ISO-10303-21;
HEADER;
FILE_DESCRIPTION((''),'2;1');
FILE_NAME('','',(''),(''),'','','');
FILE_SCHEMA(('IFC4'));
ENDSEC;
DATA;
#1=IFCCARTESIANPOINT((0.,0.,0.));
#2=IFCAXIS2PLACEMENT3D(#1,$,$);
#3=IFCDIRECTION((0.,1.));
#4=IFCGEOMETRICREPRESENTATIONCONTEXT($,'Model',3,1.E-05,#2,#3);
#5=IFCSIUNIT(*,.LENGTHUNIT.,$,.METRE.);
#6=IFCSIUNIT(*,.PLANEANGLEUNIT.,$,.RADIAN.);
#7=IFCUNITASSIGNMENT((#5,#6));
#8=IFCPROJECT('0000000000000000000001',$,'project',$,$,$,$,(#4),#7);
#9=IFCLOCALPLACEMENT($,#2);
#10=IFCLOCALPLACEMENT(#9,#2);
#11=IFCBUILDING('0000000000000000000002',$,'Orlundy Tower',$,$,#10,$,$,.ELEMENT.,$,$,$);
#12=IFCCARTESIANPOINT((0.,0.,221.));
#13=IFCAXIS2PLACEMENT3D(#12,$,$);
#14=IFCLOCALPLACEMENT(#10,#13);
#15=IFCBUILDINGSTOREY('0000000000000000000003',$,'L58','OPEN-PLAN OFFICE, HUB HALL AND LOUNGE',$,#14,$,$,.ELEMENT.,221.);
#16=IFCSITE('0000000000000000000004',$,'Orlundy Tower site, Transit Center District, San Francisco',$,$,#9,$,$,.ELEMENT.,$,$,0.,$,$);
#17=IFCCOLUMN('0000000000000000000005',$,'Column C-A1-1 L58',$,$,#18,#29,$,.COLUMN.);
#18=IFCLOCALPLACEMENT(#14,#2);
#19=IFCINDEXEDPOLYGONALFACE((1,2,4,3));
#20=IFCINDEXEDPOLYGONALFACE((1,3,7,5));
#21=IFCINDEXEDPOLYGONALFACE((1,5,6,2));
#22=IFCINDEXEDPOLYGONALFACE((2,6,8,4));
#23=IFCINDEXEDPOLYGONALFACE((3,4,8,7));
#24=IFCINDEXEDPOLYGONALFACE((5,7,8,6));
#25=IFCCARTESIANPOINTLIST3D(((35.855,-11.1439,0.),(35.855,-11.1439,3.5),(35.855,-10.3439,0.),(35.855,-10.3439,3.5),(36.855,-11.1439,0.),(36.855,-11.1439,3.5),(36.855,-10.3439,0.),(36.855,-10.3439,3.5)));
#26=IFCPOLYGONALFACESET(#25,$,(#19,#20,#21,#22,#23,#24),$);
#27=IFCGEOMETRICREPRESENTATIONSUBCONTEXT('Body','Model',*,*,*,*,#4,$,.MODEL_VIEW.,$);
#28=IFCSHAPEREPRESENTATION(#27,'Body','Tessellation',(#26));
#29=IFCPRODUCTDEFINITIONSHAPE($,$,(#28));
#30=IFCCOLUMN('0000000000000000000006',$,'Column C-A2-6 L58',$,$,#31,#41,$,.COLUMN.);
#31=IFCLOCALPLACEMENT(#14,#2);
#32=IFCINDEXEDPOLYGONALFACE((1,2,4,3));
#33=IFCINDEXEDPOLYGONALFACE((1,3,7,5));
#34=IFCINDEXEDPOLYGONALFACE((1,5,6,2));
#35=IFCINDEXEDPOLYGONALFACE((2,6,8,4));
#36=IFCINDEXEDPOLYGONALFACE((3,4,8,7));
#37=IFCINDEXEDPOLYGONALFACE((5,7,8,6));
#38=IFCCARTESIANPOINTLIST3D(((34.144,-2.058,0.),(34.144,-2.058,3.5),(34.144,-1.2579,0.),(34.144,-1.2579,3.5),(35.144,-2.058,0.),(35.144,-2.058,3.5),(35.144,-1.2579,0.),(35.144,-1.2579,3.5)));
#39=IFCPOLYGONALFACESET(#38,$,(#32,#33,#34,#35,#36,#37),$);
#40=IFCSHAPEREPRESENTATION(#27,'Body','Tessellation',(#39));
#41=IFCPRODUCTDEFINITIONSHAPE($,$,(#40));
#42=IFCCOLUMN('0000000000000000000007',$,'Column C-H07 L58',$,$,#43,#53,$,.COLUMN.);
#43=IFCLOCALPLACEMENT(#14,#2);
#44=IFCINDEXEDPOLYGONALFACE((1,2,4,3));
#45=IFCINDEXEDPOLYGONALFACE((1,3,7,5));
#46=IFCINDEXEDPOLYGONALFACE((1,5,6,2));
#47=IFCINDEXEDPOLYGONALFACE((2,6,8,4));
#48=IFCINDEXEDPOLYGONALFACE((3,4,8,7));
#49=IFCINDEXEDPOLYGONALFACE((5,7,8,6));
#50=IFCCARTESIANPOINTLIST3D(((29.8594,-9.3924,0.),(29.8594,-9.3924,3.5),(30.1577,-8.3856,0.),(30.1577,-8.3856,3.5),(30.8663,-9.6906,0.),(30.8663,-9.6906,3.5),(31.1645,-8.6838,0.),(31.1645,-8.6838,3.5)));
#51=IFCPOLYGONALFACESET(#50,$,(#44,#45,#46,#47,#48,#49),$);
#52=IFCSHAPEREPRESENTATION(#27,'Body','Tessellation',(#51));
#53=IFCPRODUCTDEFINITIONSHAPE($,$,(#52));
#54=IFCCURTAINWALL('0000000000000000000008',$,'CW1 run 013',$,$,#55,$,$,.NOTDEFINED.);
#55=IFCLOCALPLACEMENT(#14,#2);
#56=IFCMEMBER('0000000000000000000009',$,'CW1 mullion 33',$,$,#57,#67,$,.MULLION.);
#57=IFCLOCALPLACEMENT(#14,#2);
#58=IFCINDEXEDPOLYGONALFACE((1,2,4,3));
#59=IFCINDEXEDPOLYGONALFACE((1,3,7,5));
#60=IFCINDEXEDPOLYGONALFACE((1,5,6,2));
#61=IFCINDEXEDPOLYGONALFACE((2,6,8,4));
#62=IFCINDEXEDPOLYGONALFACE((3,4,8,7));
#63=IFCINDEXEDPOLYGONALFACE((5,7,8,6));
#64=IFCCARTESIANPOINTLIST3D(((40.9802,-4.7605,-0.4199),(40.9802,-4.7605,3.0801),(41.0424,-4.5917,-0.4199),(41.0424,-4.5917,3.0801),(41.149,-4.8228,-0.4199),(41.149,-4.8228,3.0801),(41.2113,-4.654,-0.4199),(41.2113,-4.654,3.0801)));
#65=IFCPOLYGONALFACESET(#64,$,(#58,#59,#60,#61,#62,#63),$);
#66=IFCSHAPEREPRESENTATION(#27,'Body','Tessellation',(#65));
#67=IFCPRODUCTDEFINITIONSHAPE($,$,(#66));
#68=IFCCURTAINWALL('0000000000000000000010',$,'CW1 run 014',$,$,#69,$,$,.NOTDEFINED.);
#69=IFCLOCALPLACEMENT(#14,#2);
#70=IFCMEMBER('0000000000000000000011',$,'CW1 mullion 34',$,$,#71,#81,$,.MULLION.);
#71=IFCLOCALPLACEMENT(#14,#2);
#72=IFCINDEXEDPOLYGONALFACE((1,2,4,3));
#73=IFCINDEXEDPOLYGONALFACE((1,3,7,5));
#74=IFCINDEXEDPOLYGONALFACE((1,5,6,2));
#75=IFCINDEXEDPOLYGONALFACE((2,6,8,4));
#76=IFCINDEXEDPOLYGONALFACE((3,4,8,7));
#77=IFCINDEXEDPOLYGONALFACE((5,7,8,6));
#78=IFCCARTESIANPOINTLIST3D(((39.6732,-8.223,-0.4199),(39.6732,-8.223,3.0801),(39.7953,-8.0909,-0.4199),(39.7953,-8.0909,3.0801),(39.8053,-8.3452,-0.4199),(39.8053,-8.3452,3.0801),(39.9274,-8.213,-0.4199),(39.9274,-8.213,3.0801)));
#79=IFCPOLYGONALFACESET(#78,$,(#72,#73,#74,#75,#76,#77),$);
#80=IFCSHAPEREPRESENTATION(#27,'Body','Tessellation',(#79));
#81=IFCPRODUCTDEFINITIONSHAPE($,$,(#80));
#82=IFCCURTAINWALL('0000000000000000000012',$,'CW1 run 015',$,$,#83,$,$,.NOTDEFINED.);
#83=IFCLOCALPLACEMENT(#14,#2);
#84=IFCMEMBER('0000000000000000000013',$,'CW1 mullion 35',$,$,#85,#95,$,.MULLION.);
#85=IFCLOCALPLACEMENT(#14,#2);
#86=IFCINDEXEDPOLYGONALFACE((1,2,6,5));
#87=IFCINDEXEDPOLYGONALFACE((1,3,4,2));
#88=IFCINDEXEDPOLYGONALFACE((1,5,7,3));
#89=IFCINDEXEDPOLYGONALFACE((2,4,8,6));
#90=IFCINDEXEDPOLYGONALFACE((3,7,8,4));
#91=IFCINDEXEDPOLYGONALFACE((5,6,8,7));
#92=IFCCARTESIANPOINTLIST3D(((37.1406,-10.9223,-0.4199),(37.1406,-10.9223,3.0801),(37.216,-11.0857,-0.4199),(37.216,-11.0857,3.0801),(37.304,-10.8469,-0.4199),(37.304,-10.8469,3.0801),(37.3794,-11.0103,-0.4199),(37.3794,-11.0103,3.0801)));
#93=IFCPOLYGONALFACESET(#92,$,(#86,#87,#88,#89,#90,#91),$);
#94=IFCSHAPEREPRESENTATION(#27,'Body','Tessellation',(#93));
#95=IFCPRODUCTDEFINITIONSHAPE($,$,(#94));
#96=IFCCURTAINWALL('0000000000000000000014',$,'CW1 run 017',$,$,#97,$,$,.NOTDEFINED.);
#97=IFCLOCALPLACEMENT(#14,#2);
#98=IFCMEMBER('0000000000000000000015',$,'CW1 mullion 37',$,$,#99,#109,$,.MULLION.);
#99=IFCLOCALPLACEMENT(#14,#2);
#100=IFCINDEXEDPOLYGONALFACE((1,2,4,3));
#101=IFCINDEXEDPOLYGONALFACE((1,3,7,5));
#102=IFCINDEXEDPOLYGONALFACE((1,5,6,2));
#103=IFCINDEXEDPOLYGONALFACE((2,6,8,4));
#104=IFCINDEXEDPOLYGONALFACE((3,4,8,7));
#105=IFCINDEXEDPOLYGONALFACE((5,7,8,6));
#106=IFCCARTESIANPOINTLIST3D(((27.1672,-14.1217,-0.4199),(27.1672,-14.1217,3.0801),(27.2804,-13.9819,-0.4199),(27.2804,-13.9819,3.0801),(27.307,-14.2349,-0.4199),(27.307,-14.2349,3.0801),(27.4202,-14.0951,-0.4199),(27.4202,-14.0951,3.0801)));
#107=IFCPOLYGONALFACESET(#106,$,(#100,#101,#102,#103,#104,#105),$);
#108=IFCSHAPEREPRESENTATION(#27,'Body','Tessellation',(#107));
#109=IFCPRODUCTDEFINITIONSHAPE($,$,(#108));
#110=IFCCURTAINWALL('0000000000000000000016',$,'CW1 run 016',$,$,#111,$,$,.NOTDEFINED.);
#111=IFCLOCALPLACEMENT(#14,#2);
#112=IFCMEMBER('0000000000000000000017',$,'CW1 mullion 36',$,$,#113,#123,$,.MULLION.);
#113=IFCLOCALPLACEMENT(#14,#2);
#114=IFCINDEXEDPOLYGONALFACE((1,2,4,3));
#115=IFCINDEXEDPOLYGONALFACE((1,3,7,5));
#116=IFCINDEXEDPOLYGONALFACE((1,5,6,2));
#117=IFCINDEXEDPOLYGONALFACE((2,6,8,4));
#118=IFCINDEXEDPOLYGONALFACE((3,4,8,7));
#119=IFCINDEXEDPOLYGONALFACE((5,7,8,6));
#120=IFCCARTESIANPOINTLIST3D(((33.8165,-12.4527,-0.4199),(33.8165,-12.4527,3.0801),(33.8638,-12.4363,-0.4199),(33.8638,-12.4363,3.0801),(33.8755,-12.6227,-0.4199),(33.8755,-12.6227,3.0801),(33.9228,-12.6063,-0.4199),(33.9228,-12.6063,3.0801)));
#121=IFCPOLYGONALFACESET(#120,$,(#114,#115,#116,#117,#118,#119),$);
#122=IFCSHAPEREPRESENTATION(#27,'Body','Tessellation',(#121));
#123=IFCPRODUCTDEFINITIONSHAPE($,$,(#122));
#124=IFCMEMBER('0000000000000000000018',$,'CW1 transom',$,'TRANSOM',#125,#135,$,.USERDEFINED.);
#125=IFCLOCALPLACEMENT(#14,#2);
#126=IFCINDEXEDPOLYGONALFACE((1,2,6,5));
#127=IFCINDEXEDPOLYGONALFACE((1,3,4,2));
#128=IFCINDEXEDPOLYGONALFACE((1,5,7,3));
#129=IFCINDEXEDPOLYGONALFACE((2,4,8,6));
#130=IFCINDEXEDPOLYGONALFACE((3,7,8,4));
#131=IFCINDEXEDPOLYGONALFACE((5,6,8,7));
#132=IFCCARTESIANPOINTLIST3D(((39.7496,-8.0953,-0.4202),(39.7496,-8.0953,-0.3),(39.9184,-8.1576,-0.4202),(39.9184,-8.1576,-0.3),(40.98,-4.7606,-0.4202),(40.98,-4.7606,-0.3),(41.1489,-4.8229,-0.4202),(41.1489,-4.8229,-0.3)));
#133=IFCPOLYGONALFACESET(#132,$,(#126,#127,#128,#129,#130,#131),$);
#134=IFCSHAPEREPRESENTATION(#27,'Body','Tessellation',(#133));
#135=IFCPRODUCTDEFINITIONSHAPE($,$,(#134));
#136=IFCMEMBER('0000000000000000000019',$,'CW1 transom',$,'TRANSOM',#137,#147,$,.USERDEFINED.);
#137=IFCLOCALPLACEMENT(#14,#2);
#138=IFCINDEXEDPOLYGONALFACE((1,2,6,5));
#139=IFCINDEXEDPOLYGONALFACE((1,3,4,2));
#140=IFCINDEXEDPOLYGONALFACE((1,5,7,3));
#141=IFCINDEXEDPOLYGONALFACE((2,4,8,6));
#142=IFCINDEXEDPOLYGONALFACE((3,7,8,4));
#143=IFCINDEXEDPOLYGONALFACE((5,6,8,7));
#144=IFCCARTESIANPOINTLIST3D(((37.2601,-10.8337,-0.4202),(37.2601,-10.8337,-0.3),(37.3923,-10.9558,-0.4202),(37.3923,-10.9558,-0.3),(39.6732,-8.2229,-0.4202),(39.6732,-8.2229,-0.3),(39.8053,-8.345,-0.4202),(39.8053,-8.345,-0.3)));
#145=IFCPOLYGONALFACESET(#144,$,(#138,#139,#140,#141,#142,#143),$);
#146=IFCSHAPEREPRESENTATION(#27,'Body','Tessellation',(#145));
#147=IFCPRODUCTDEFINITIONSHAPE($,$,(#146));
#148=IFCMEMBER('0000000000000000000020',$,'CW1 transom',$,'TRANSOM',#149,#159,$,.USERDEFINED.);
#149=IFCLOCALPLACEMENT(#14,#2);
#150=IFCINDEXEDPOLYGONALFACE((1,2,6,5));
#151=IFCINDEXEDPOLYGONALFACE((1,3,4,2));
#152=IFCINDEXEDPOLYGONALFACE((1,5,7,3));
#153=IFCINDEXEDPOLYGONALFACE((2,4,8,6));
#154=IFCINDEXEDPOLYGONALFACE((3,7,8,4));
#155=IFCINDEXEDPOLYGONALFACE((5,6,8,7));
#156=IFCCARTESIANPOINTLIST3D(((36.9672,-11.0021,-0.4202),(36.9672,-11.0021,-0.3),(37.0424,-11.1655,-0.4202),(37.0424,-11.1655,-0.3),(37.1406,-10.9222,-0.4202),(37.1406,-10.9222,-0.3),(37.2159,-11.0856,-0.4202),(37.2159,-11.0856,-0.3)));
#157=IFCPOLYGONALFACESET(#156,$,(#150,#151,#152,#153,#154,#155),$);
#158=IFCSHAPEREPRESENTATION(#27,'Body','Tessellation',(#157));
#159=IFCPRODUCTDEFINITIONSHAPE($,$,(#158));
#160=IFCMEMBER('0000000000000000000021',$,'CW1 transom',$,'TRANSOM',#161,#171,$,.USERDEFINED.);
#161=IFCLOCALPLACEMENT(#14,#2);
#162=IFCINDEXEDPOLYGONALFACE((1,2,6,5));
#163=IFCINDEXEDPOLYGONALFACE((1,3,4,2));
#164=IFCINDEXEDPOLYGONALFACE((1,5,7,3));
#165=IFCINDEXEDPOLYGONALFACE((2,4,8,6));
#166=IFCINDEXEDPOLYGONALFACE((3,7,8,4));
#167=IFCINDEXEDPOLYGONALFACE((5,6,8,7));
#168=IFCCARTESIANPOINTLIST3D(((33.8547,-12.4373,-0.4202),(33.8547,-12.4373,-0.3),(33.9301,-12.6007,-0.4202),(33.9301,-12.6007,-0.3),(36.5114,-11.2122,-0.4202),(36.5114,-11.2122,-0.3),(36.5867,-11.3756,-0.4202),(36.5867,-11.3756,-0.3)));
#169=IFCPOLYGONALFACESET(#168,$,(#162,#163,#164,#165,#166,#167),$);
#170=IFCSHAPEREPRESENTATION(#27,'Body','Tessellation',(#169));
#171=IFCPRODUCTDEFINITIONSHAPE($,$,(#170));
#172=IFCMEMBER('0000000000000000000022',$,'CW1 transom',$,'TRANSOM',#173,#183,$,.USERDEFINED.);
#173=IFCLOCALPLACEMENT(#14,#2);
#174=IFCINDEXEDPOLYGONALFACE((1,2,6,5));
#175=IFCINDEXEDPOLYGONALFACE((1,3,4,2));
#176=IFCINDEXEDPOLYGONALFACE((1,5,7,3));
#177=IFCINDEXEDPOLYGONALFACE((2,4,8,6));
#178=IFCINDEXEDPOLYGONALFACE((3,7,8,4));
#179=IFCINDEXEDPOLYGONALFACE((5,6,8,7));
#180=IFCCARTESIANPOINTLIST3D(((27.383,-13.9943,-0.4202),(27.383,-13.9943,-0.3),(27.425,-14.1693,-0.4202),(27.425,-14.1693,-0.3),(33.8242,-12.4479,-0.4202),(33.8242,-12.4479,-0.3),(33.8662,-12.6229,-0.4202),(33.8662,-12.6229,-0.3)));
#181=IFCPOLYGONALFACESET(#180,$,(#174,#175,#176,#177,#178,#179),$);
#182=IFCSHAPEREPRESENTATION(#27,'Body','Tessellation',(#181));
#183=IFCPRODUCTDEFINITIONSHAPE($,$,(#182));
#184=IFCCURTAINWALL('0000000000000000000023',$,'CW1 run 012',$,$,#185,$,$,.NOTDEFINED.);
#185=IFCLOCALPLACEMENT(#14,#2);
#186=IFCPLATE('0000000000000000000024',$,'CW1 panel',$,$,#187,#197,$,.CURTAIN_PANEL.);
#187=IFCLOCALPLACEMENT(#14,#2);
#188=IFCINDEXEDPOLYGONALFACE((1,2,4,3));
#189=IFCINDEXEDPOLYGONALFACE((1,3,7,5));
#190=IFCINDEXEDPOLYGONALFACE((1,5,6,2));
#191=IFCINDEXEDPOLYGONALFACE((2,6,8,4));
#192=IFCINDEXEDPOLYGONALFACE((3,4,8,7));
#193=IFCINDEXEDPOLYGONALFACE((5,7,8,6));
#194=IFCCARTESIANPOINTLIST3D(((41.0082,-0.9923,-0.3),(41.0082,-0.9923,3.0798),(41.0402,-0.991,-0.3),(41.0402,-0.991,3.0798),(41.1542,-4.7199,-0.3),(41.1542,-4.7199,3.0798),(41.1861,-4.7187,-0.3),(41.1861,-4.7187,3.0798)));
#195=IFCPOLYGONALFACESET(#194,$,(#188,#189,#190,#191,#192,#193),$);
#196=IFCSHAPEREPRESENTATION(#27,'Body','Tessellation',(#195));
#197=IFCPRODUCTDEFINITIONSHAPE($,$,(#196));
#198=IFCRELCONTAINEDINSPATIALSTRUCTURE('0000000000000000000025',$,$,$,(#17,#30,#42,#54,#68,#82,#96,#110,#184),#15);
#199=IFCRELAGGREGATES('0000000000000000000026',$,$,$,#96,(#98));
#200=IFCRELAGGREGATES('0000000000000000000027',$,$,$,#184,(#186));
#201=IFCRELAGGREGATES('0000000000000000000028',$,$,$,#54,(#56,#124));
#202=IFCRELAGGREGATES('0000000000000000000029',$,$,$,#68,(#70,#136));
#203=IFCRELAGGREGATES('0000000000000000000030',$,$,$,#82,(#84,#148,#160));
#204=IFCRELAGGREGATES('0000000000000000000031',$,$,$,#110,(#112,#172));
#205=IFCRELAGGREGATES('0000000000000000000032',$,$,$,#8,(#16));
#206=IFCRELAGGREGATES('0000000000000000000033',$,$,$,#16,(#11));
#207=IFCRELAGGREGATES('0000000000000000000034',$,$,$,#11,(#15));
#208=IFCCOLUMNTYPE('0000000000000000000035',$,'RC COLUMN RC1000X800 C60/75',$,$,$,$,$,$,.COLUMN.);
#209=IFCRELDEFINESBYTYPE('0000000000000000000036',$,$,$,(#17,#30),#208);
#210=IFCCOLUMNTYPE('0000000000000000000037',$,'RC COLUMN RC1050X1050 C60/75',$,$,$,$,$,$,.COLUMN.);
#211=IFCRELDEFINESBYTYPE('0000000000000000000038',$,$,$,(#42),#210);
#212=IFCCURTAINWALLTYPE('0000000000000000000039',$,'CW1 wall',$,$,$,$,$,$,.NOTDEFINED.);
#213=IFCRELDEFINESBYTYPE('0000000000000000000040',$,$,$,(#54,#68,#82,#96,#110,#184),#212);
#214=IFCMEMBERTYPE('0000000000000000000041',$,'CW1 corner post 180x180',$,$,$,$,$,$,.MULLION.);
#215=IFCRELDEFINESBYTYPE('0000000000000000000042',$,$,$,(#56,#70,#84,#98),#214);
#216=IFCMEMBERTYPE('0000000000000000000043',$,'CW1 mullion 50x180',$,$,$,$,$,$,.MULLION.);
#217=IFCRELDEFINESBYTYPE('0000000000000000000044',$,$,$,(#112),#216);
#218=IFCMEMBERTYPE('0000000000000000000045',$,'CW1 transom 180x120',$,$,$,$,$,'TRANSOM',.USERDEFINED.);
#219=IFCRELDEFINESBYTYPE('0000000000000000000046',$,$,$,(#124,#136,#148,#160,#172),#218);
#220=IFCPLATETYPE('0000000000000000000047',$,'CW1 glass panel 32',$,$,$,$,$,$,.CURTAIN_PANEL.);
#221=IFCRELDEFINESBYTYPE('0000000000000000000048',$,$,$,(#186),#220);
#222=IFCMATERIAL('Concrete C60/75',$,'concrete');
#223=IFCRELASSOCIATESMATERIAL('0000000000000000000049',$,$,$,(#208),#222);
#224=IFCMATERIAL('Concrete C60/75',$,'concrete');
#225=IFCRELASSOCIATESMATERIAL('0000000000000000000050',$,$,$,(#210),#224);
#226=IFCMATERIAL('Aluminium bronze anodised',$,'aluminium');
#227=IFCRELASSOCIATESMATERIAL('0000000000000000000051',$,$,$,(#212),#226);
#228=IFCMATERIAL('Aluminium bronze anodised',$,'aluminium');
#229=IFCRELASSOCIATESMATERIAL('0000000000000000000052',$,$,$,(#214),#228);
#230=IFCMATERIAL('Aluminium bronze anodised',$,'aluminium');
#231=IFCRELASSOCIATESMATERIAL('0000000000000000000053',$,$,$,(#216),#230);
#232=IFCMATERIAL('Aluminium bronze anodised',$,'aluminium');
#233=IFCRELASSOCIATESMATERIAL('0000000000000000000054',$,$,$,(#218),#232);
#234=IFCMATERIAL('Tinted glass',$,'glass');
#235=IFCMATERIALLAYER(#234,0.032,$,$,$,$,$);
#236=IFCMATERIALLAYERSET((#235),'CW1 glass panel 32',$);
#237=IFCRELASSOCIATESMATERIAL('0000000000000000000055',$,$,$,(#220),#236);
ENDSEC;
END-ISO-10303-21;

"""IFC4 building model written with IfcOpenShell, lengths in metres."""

from ifc_helpers import new_model, si_unit, direction, frame, origin, origin_2d, place, context, subcontext, project, spatial, rectangle, extrude, material, layer, layer_set, material_profile, profile_set, type_object, element, aggregate, save


model = new_model("IFC4")

# Units and contexts
model_context = context("Model", 3, precision=1e-05, world=origin(), true_north=direction((0.0, 1.0)))
body_context = subcontext(model_context, "Body", "Model", "MODEL_VIEW")
ifc_project = project(units=[si_unit("LENGTHUNIT", "METRE"), si_unit("PLANEANGLEUNIT", "RADIAN")], contexts=[model_context])

# Site, building, storey
site_placement = place(None, origin())
site = spatial("IfcSite", under=ifc_project, at=site_placement, Name="Orlundy Tower site, Transit Center District, San Francisco", CompositionType="ELEMENT", RefElevation=0.0)
building_placement = place(site_placement, origin())
building = spatial("IfcBuilding", under=site, at=building_placement, Name="Orlundy Tower", CompositionType="ELEMENT")
storey_placement = place(building_placement, frame((0.0, 0.0, 221.0)))
storey = spatial("IfcBuildingStorey", under=building, at=storey_placement, Name="L58", Description="OPEN-PLAN OFFICE, HUB HALL AND LOUNGE", CompositionType="ELEMENT", Elevation=221.0)

# Columns
ifc_material_1 = material(Name="Concrete C60/75", Category="concrete")
ifc_material_profile_1 = material_profile(ifc_material_1, rectangle(XDim=1.0, YDim=0.8, at=origin_2d()), Name="RC1000X800")
ifc_profile_set_1 = profile_set([ifc_material_profile_1], Name="Concrete C60/75")
column_type_1 = type_object("IfcColumnType", Name="RC COLUMN RC1000X800 C60/75", PredefinedType="COLUMN", material=ifc_profile_set_1)
for number, where, z_axis, x_axis, name in (
    (1, (36.355, -10.7439, 0.0), (0.0, 0.0, 1.0), (1.0, 0.0, 0.0), "Column C-A1-1 L58"),
    (2, (34.644, -1.658, 0.0), (0.0, 0.0, 1.0), (1.0, 0.0, 0.0), "Column C-A2-6 L58"),
):
    element("IfcColumn", number, at=place(storey_placement, frame(where, z_axis=z_axis, x_axis=x_axis)), inside=storey, type_object=column_type_1, Name=name, PredefinedType="COLUMN", context=body_context, shape_type="SweptSolid", body=[
        extrude(rectangle(XDim=1.0, YDim=0.8, at=origin_2d()), origin(), (0.0, 0.0, 1.0), 3.5),
    ])
ifc_material_2 = material(Name="Concrete C60/75", Category="concrete")
ifc_material_profile_2 = material_profile(ifc_material_2, rectangle(XDim=1.05, YDim=1.05, at=origin_2d()), Name="RC1050X1050")
ifc_profile_set_2 = profile_set([ifc_material_profile_2], Name="Concrete C60/75")
column_type_2 = type_object("IfcColumnType", Name="RC COLUMN RC1050X1050 C60/75", PredefinedType="COLUMN", material=ifc_profile_set_2)
column_placement = place(storey_placement, frame((30.512, -9.0381, 0.0), z_axis=(0.0, 0.0, 1.0), x_axis=(0.95882, -0.284015, 0.0)))
element("IfcColumn", 3, at=column_placement, inside=storey, type_object=column_type_2, Name="Column C-H07 L58", PredefinedType="COLUMN", context=body_context, shape_type="SweptSolid", body=[
    extrude(rectangle(XDim=1.05, YDim=1.05, at=origin_2d()), origin(), (0.0, 0.0, 1.0), 3.5),
])

# Curtain walls, members
ifc_material_3 = material(Name="Aluminium bronze anodised", Category="aluminium")
curtain_wall_type = type_object("IfcCurtainWallType", Name="CW1 wall", PredefinedType="NOTDEFINED", material=ifc_material_3)
curtain_wall_1_placement = place(storey_placement, origin())
curtain_wall_1 = element("IfcCurtainWall", 4, at=curtain_wall_1_placement, inside=storey, type_object=curtain_wall_type, Name="CW1 run 013", PredefinedType="NOTDEFINED")
ifc_material_4 = material(Name="Aluminium bronze anodised", Category="aluminium")
ifc_material_profile_3 = material_profile(ifc_material_4, rectangle(XDim=0.1799, YDim=0.1799, at=origin_2d()), Name="CW1 corner post 180x180")
ifc_profile_set_3 = profile_set([ifc_material_profile_3], Name="Aluminium bronze anodised")
member_type_1 = type_object("IfcMemberType", Name="CW1 corner post 180x180", PredefinedType="MULLION", material=ifc_profile_set_3)
member_1_placement = place(storey_placement, frame((41.0957, -4.7073, -0.4199), z_axis=(0.0, 0.0, 1.0), x_axis=(0.938168, -0.34618, 0.0)))
member_1 = element("IfcMember", 5, at=member_1_placement, type_object=member_type_1, Name="CW1 mullion 33", PredefinedType="MULLION", context=body_context, shape_type="SweptSolid", body=[
    extrude(rectangle(XDim=0.1799, YDim=0.1799, at=origin_2d()), origin(), (0.0, 0.0, 1.0), 3.5),
])
curtain_wall_2_placement = place(storey_placement, origin())
curtain_wall_2 = element("IfcCurtainWall", 6, at=curtain_wall_2_placement, inside=storey, type_object=curtain_wall_type, Name="CW1 run 014", PredefinedType="NOTDEFINED")
member_2_placement = place(storey_placement, frame((39.8003, -8.218, -0.4199), z_axis=(0.0, 0.0, 1.0), x_axis=(0.734348, -0.678773, 0.0)))
member_2 = element("IfcMember", 7, at=member_2_placement, type_object=member_type_1, Name="CW1 mullion 34", PredefinedType="MULLION", context=body_context, shape_type="SweptSolid", body=[
    extrude(rectangle(XDim=0.1799, YDim=0.1799, at=origin_2d()), origin(), (0.0, 0.0, 1.0), 3.5),
])
curtain_wall_3_placement = place(storey_placement, origin())
curtain_wall_3 = element("IfcCurtainWall", 8, at=curtain_wall_3_placement, inside=storey, type_object=curtain_wall_type, Name="CW1 run 015", PredefinedType="NOTDEFINED")
member_3_placement = place(storey_placement, frame((37.26, -10.9663, -0.4199), z_axis=(0.0, 0.0, 1.0), x_axis=(0.418716, -0.908117, 0.0)))
member_3 = element("IfcMember", 9, at=member_3_placement, type_object=member_type_1, Name="CW1 mullion 35", PredefinedType="MULLION", context=body_context, shape_type="SweptSolid", body=[
    extrude(rectangle(XDim=0.1799, YDim=0.1799, at=origin_2d()), origin(), (0.0, 0.0, 1.0), 3.5),
])
curtain_wall_4_placement = place(storey_placement, origin())
curtain_wall_4 = element("IfcCurtainWall", 10, at=curtain_wall_4_placement, inside=storey, type_object=curtain_wall_type, Name="CW1 run 017", PredefinedType="NOTDEFINED")
member_4_placement = place(storey_placement, frame((27.2937, -14.1084, -0.4199), z_axis=(0.0, 0.0, 1.0), x_axis=(0.77712, -0.629353, 0.0)))
member_4 = element("IfcMember", 11, at=member_4_placement, type_object=member_type_1, Name="CW1 mullion 37", PredefinedType="MULLION", context=body_context, shape_type="SweptSolid", body=[
    extrude(rectangle(XDim=0.1799, YDim=0.1799, at=origin_2d()), origin(), (0.0, 0.0, 1.0), 3.5),
])
aggregate(curtain_wall_4, [member_4])
curtain_wall_5_placement = place(storey_placement, origin())
curtain_wall_5 = element("IfcCurtainWall", 12, at=curtain_wall_5_placement, inside=storey, type_object=curtain_wall_type, Name="CW1 run 016", PredefinedType="NOTDEFINED")
ifc_material_5 = material(Name="Aluminium bronze anodised", Category="aluminium")
ifc_material_profile_4 = material_profile(ifc_material_5, rectangle(XDim=0.1799, YDim=0.05, at=origin_2d()), Name="CW1 mullion 50x180")
ifc_profile_set_4 = profile_set([ifc_material_profile_4], Name="Aluminium bronze anodised")
member_type_2 = type_object("IfcMemberType", Name="CW1 mullion 50x180", PredefinedType="MULLION", material=ifc_profile_set_4)
member_5_placement = place(storey_placement, frame((33.8696, -12.5295, -0.4199), z_axis=(0.0, 0.0, 1.0), x_axis=(0.327673, -0.944791, 0.0)))
member_5 = element("IfcMember", 13, at=member_5_placement, type_object=member_type_2, Name="CW1 mullion 36", PredefinedType="MULLION", context=body_context, shape_type="SweptSolid", body=[
    extrude(rectangle(XDim=0.1799, YDim=0.05, at=origin_2d()), origin(), (0.0, 0.0, 1.0), 3.5),
])

# Members
ifc_material_6 = material(Name="Aluminium bronze anodised", Category="aluminium")
ifc_material_profile_5 = material_profile(ifc_material_6, rectangle(XDim=0.1799, YDim=0.1201, at=origin_2d()), Name="CW1 transom 180x120")
ifc_profile_set_5 = profile_set([ifc_material_profile_5], Name="Aluminium bronze anodised")
member_type_3 = type_object("IfcMemberType", Name="CW1 transom 180x120", ElementType="TRANSOM", PredefinedType="USERDEFINED", material=ifc_profile_set_5)
member_6_placement = place(storey_placement, frame((41.0645, -4.7917, -0.3601), z_axis=(-0.346173, -0.938171, 0.0), x_axis=(0.938171, -0.346173, 0.0)))
member_6 = element("IfcMember", 14, at=member_6_placement, type_object=member_type_3, Name="CW1 transom", ObjectType="TRANSOM", PredefinedType="USERDEFINED", context=body_context, shape_type="SweptSolid", body=[
    extrude(rectangle(XDim=0.1799, YDim=0.1201, at=origin_2d()), origin(), (0.0, 0.0, 1.0), 3.5544),
])
member_7_placement = place(storey_placement, frame((39.7393, -8.2839, -0.3601), z_axis=(-0.678748, -0.734372, 0.0), x_axis=(0.734372, -0.678748, 0.0)))
member_7 = element("IfcMember", 15, at=member_7_placement, type_object=member_type_3, Name="CW1 transom", ObjectType="TRANSOM", PredefinedType="USERDEFINED", context=body_context, shape_type="SweptSolid", body=[
    extrude(rectangle(XDim=0.1799, YDim=0.1201, at=origin_2d()), origin(), (0.0, 0.0, 1.0), 3.5552),
])
member_8_placement = place(storey_placement, frame((37.1782, -11.0039, -0.3601), z_axis=(-0.908296, -0.418328, 0.0), x_axis=(0.418328, -0.908296, 0.0)))
member_8 = element("IfcMember", 16, at=member_8_placement, type_object=member_type_3, Name="CW1 transom", ObjectType="TRANSOM", PredefinedType="USERDEFINED", context=body_context, shape_type="SweptSolid", body=[
    extrude(rectangle(XDim=0.1799, YDim=0.1201, at=origin_2d()), origin(), (0.0, 0.0, 1.0), 0.1909),
])
member_9_placement = place(storey_placement, frame((36.5491, -11.2939, -0.3601), z_axis=(-0.908101, -0.418751, 0.0), x_axis=(0.418751, -0.908101, 0.0)))
member_9 = element("IfcMember", 17, at=member_9_placement, type_object=member_type_3, Name="CW1 transom", ObjectType="TRANSOM", PredefinedType="USERDEFINED", context=body_context, shape_type="SweptSolid", body=[
    extrude(rectangle(XDim=0.1799, YDim=0.1201, at=origin_2d()), origin(), (0.0, 0.0, 1.0), 2.9255),
])
member_10_placement = place(storey_placement, frame((33.8452, -12.5354, -0.3601), z_axis=(-0.97237, -0.233445, 0.0), x_axis=(0.233445, -0.97237, 0.0)))
member_10 = element("IfcMember", 18, at=member_10_placement, type_object=member_type_3, Name="CW1 transom", ObjectType="TRANSOM", PredefinedType="USERDEFINED", context=body_context, shape_type="SweptSolid", body=[
    extrude(rectangle(XDim=0.1799, YDim=0.1201, at=origin_2d()), origin(), (0.0, 0.0, 1.0), 6.6243),
])

# Curtain wall, plate
curtain_wall_6_placement = place(storey_placement, origin())
curtain_wall_6 = element("IfcCurtainWall", 19, at=curtain_wall_6_placement, inside=storey, type_object=curtain_wall_type, Name="CW1 run 012", PredefinedType="NOTDEFINED")
ifc_material_7 = material(Name="Tinted glass", Category="glass")
ifc_layer = layer(ifc_material_7, 0.032)
ifc_layer_set = layer_set([ifc_layer], Name="CW1 glass panel 32")
plate_type = type_object("IfcPlateType", Name="CW1 glass panel 32", PredefinedType="CURTAIN_PANEL", material=ifc_layer_set)
plate_1_placement = place(storey_placement, frame((41.0972, -2.8555, -0.3), z_axis=(0.0, 0.0, 1.0), x_axis=(0.039117, -0.999235, 0.0)))
plate_1 = element("IfcPlate", 20, at=plate_1_placement, type_object=plate_type, Name="CW1 panel", PredefinedType="CURTAIN_PANEL", context=body_context, shape_type="SweptSolid", body=[
    extrude(rectangle(XDim=3.7305, YDim=0.032, at=origin_2d()), origin(), (0.0, 0.0, 1.0), 3.3799),
])
aggregate(curtain_wall_6, [plate_1])

aggregate(curtain_wall_1, [member_1, member_6])
aggregate(curtain_wall_2, [member_2, member_7])
aggregate(curtain_wall_3, [member_3, member_8, member_9])
aggregate(curtain_wall_5, [member_5, member_10])

save(model, "model.ifc")
